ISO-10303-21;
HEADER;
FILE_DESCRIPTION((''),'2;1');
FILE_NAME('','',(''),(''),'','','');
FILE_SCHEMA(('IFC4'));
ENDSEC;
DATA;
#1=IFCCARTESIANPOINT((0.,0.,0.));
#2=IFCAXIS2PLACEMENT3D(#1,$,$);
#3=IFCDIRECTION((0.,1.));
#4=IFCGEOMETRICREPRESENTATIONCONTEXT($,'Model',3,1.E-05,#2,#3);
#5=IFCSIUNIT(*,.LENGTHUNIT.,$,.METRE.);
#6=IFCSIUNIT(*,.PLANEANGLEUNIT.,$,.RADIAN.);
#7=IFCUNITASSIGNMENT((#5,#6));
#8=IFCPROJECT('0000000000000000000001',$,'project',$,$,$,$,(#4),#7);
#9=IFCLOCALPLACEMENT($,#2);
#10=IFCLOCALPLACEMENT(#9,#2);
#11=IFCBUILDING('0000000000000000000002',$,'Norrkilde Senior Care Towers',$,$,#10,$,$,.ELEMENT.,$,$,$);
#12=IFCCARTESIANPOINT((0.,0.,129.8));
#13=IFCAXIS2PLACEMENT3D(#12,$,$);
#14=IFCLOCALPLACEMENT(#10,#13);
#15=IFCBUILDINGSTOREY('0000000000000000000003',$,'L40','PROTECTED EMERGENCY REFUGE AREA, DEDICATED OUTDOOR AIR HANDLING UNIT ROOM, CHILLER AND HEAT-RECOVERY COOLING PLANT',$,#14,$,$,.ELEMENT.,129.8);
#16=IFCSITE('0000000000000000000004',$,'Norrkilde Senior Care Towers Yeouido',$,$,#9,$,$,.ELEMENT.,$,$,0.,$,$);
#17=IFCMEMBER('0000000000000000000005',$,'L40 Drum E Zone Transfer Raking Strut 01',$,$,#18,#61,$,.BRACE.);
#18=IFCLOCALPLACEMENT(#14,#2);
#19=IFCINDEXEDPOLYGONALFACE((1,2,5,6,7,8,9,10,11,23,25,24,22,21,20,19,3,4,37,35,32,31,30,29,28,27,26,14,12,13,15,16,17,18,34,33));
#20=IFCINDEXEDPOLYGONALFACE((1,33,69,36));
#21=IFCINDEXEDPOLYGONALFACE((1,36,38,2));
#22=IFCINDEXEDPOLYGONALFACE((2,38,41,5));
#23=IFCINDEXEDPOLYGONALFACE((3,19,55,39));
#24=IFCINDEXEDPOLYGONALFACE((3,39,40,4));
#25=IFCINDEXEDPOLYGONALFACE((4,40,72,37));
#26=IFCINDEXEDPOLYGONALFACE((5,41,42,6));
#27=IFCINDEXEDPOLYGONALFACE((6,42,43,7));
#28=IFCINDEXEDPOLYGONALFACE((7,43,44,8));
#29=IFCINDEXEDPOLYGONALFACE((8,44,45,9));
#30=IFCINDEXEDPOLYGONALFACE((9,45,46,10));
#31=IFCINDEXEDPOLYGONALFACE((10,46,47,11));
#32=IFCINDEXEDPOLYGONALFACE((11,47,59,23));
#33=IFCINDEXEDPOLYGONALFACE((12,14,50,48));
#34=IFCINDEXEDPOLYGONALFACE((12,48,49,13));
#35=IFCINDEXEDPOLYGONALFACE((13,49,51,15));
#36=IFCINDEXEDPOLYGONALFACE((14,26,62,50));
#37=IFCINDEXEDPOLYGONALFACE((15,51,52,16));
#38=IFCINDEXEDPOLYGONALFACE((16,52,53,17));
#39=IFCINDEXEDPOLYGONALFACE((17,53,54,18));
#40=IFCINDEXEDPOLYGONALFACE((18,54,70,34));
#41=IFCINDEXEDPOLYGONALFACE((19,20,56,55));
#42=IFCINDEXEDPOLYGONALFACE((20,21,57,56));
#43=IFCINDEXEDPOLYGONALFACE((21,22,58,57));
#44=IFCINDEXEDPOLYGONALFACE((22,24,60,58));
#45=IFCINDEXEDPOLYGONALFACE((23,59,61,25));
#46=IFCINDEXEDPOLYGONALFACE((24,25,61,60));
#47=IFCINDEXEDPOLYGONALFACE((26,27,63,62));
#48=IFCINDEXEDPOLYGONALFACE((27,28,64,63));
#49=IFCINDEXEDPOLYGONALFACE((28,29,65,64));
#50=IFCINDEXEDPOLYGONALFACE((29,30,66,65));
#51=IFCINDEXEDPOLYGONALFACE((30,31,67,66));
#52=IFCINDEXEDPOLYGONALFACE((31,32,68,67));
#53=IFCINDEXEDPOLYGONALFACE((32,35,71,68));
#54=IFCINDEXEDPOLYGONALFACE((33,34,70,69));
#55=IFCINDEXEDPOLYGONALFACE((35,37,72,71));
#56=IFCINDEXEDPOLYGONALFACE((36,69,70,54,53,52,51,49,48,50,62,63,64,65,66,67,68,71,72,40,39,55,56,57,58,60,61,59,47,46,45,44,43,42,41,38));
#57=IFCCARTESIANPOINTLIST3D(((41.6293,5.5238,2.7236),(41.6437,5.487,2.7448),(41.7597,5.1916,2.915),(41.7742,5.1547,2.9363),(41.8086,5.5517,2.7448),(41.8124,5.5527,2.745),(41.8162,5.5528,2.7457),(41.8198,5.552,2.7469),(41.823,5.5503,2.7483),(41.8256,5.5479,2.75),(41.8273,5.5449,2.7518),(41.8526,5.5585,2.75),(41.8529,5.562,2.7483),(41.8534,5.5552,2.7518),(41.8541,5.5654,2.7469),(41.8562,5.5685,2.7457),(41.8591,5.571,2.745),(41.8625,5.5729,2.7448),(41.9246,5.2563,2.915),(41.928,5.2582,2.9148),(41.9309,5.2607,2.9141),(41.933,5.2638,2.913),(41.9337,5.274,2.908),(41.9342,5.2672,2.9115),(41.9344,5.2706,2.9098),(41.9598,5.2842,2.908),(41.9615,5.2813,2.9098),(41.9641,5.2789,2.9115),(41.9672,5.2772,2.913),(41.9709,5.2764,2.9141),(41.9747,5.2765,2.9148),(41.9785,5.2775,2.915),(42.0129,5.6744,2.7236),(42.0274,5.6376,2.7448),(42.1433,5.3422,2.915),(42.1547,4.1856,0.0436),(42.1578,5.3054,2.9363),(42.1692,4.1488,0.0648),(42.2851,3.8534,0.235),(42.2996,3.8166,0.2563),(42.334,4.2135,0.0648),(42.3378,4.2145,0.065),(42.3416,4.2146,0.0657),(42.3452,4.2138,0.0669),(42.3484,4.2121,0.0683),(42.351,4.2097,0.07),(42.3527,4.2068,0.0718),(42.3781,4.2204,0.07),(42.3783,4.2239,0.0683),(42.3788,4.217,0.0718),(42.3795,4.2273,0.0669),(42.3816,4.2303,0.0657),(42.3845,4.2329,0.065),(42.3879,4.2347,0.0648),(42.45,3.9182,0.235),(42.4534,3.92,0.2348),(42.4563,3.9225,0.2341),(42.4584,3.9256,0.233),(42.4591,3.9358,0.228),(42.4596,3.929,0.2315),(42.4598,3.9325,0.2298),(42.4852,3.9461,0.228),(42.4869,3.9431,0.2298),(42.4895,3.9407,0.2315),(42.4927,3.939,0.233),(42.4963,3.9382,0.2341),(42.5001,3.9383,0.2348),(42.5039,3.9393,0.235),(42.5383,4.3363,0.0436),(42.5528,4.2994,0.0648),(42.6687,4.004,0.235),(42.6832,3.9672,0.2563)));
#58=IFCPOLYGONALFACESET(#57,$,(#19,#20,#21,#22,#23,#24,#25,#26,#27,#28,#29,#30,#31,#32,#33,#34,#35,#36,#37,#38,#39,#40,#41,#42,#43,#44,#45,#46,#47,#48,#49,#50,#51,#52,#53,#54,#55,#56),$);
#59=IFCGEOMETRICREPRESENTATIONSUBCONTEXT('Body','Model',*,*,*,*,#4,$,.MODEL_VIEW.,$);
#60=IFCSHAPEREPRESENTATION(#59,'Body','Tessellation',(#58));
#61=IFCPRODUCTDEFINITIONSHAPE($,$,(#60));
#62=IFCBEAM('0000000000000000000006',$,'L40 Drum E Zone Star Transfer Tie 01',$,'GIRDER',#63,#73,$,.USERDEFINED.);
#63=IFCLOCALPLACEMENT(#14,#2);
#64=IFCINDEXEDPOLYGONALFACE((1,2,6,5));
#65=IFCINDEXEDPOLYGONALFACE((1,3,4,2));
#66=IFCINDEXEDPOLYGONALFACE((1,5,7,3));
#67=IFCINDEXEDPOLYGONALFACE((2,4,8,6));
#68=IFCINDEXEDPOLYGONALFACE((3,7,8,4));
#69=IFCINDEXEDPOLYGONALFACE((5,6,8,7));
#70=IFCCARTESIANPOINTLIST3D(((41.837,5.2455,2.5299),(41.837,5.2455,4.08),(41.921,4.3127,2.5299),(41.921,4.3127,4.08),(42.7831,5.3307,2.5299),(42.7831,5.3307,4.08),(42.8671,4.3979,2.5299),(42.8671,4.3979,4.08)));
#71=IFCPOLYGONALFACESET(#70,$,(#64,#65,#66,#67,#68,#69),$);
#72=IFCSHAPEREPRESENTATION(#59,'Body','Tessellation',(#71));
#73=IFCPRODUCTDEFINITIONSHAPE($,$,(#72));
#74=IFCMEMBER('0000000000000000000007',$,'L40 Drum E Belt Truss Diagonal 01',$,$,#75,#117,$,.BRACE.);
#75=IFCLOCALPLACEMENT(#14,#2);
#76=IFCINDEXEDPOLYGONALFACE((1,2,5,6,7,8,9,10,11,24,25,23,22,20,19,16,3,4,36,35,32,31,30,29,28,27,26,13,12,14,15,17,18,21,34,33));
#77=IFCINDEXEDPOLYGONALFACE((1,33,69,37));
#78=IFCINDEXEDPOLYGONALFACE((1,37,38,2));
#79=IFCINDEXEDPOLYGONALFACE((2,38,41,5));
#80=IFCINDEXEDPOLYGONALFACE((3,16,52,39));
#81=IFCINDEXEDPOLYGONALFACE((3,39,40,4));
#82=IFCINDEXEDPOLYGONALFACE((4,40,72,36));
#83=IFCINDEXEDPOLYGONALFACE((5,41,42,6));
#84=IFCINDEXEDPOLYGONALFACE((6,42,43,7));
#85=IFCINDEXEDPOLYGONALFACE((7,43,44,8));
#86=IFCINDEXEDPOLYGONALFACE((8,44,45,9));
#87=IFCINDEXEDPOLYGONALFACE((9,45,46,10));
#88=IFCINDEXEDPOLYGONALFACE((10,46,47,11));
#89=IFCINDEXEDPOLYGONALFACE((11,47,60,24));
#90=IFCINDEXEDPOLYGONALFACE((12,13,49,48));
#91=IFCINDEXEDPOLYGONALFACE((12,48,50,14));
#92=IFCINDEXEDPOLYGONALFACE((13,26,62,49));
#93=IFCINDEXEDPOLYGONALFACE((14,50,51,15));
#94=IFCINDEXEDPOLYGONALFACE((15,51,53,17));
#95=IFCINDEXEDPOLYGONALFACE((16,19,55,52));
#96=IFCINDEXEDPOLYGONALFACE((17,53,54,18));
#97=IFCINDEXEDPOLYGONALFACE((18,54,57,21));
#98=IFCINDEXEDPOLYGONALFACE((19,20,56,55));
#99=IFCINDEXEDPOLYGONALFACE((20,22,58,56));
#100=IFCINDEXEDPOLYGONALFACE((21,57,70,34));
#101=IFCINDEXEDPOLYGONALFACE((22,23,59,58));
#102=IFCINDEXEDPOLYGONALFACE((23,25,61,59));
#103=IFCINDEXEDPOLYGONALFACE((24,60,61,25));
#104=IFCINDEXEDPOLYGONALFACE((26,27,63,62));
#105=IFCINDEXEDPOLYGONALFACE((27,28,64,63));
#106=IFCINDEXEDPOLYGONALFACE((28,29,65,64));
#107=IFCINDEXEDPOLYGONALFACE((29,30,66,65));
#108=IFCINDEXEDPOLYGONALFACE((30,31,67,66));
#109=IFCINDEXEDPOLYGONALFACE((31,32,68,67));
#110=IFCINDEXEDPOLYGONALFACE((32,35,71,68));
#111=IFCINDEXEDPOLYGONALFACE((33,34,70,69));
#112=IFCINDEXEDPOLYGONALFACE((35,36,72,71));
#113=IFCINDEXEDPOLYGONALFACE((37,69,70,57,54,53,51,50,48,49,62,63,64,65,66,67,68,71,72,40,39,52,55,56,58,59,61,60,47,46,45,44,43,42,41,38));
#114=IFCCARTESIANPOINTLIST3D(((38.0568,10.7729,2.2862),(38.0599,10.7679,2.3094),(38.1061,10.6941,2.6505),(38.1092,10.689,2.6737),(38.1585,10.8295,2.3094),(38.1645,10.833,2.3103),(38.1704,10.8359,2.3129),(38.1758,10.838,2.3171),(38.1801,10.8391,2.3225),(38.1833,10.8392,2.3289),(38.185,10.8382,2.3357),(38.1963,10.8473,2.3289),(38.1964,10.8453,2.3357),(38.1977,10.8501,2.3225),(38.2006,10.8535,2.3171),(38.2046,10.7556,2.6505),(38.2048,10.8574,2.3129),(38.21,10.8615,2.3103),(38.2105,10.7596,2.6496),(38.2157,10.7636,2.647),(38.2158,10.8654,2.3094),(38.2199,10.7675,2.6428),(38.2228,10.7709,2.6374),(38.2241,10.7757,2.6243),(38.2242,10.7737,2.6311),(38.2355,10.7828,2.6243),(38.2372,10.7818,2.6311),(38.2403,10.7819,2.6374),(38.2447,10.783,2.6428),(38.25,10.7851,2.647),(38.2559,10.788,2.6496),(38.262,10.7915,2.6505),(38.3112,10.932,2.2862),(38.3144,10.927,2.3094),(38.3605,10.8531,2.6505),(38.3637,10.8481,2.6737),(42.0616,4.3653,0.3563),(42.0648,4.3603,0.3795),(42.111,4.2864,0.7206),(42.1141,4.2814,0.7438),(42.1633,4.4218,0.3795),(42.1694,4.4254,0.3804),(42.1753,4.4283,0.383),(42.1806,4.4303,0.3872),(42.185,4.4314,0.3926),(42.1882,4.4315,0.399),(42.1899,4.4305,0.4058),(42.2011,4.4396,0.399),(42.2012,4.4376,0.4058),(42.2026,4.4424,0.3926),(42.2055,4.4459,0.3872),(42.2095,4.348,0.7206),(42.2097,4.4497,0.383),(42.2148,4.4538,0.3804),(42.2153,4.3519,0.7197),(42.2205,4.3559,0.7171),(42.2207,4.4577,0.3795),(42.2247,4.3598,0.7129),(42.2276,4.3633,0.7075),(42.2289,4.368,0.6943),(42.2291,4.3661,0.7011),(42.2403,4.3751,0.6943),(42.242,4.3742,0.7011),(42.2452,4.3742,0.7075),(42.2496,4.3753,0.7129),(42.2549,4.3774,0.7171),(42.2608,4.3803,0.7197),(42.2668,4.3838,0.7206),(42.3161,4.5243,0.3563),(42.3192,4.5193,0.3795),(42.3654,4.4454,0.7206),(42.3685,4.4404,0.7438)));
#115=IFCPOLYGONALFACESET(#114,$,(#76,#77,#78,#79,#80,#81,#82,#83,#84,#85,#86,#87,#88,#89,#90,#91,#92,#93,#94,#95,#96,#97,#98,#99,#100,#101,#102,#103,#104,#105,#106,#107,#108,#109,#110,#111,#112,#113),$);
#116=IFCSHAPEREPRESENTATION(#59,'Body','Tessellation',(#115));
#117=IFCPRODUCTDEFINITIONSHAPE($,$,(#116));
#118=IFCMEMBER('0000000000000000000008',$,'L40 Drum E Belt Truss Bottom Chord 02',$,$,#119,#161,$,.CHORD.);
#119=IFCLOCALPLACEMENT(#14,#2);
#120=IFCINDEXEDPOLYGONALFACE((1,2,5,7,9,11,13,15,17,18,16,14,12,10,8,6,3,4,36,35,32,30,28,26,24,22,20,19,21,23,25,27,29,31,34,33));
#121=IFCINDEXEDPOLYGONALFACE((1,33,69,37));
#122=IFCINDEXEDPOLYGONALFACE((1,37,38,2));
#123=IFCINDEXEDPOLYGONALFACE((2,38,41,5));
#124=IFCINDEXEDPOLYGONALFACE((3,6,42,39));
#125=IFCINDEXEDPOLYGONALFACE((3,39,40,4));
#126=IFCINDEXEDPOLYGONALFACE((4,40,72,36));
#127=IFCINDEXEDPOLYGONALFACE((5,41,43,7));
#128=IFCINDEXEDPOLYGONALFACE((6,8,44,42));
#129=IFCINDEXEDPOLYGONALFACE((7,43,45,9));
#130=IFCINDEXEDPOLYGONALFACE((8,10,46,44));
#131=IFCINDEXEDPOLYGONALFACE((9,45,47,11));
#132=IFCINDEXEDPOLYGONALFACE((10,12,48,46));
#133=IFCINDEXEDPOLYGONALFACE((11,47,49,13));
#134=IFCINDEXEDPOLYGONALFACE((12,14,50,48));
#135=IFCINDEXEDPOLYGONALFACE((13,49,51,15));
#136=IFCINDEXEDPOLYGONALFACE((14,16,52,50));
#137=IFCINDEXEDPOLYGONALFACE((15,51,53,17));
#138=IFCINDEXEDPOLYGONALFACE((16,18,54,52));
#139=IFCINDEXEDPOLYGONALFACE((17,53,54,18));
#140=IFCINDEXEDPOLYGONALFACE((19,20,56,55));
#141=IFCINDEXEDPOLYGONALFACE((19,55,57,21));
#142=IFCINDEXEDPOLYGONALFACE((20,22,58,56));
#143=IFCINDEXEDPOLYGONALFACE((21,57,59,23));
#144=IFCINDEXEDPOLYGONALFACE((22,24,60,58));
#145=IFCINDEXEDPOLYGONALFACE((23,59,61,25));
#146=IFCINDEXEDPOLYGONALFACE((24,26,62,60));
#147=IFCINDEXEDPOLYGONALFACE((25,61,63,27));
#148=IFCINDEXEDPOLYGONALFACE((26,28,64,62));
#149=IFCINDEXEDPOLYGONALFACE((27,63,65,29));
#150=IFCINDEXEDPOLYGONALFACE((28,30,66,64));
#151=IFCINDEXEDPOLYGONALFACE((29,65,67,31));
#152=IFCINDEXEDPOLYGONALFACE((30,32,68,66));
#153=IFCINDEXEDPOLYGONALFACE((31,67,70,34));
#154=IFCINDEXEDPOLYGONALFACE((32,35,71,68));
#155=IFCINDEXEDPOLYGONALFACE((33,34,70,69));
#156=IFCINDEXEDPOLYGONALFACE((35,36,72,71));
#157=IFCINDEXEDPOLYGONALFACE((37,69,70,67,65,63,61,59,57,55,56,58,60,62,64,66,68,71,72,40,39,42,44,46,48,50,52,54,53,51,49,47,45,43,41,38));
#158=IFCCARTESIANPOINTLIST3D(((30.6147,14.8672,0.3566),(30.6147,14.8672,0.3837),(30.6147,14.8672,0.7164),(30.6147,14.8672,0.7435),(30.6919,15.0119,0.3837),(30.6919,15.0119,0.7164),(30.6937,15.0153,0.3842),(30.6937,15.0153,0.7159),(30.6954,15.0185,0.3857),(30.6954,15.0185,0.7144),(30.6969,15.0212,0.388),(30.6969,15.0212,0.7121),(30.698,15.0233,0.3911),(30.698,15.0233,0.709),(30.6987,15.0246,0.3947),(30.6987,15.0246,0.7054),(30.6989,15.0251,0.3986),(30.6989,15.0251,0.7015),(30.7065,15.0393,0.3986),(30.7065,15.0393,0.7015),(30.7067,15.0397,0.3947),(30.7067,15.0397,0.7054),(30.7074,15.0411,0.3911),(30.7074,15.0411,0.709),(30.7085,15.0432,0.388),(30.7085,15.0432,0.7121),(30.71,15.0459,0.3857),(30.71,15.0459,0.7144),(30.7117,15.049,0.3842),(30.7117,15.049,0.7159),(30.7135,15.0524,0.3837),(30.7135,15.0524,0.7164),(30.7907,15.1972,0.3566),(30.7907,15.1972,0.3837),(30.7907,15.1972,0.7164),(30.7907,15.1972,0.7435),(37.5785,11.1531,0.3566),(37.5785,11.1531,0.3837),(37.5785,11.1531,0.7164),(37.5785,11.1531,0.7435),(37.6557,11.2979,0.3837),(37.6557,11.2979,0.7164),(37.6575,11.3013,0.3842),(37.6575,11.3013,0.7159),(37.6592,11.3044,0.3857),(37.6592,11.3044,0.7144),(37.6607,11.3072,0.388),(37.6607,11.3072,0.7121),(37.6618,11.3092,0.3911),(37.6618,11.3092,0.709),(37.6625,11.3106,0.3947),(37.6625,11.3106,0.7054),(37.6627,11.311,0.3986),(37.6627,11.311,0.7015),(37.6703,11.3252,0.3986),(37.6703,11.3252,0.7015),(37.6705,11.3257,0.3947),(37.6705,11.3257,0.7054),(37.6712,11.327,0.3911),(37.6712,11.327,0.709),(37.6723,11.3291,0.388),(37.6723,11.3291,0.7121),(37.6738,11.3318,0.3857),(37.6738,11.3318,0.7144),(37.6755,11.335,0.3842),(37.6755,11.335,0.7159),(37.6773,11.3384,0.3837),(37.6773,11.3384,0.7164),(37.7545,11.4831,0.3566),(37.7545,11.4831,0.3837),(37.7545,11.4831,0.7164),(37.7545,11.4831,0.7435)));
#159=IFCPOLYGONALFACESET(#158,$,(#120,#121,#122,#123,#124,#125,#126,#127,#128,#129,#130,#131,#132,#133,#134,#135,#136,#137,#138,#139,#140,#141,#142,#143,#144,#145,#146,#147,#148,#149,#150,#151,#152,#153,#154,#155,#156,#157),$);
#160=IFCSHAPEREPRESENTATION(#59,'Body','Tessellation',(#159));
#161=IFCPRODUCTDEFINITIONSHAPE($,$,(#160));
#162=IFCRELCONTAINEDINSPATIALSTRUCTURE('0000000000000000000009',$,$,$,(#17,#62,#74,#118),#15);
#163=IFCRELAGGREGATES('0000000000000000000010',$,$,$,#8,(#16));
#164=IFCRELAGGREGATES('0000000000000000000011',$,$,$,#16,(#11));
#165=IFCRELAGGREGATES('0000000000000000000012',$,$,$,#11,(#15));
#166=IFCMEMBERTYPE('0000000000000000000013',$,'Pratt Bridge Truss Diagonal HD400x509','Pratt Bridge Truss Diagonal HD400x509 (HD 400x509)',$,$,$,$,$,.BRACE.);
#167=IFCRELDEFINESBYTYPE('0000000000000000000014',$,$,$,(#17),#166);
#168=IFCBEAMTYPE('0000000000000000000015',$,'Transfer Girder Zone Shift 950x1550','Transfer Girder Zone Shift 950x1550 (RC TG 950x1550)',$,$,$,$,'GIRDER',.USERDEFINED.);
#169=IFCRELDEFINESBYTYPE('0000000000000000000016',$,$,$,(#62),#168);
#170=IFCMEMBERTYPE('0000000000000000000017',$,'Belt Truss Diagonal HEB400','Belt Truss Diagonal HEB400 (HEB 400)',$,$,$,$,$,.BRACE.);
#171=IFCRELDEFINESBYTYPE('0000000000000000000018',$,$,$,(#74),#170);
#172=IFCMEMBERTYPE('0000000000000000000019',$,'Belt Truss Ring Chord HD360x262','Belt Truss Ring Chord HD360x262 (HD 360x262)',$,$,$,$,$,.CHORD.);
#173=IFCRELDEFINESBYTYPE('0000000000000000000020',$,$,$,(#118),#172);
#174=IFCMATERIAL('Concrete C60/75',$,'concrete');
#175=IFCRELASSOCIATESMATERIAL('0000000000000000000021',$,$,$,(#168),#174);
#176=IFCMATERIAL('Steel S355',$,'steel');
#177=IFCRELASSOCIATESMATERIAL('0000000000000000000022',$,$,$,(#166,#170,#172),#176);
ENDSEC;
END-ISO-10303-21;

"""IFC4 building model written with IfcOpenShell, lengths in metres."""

from ifc_helpers import new_model, si_unit, direction, frame, origin, origin_2d, place, context, subcontext, project, spatial, rectangle, i_section, extrude, source, transform, mapped, material, material_profile, profile_set, type_object, element, save


model = new_model("IFC4")

# Units and contexts
model_context = context("Model", 3, precision=1e-05, world=origin(), true_north=direction((0.0, 1.0)))
body_context = subcontext(model_context, "Body", "Model", "MODEL_VIEW")
ifc_project = project(units=[si_unit("LENGTHUNIT", "METRE"), si_unit("PLANEANGLEUNIT", "RADIAN")], contexts=[model_context])

# Site, building, storey
site_placement = place(None, origin())
site = spatial("IfcSite", under=ifc_project, at=site_placement, Name="Norrkilde Senior Care Towers Yeouido", CompositionType="ELEMENT", RefElevation=0.0)
building_placement = place(site_placement, origin())
building = spatial("IfcBuilding", under=site, at=building_placement, Name="Norrkilde Senior Care Towers", CompositionType="ELEMENT")
storey_placement = place(building_placement, frame((0.0, 0.0, 129.8)))
storey = spatial("IfcBuildingStorey", under=building, at=storey_placement, Name="L40", Description="PROTECTED EMERGENCY REFUGE AREA, DEDICATED OUTDOOR AIR HANDLING UNIT ROOM, CHILLER AND HEAT-RECOVERY COOLING PLANT", CompositionType="ELEMENT", Elevation=129.8)

# Shared definitions
ifc_material_1 = material(Name="Concrete C60/75", Category="concrete")

# Shared definitions
ifc_material_profile_1 = material_profile(ifc_material_1, rectangle(XDim=0.95, YDim=1.55, at=origin_2d()), Name="RC TG 950x1550")
ifc_profile_set_1 = profile_set([ifc_material_profile_1], Name="Concrete C60/75")
beam_type = type_object("IfcBeamType", Name="Transfer Girder Zone Shift 950x1550", Description="Transfer Girder Zone Shift 950x1550 (RC TG 950x1550)", ElementType="GIRDER", PredefinedType="USERDEFINED", material=ifc_profile_set_1)

# Member
ifc_material_2 = material(Name="Steel S355", Category="steel")
ifc_material_profile_2 = material_profile(ifc_material_2, i_section(OverallWidth=0.4121, OverallDepth=0.45, WebThickness=0.0281, FlangeThickness=0.0449, FilletRadius=0.0149, at=origin_2d()), Name="HD 400x509")
ifc_profile_set_2 = profile_set([ifc_material_profile_2], Name="Steel S355")
member_type_1 = type_object("IfcMemberType", Name="Pratt Bridge Truss Diagonal HD400x509", Description="Pratt Bridge Truss Diagonal HD400x509 (HD 400x509)", PredefinedType="BRACE", material=ifc_profile_set_2)
shared_shape_1 = source(origin(), body_context, "Body", "SweptSolid", [
    extrude(i_section(OverallWidth=0.4121, OverallDepth=0.45, WebThickness=0.0281, FlangeThickness=0.0449, FilletRadius=0.0149, at=origin_2d()), origin(), (0.0, 0.0, 1.0), 3.0413),
])
member_1_placement = place(storey_placement, frame((42.4189, 4.0764, 0.1499), z_axis=(-0.17276, 0.440008, 0.881219), x_axis=(-0.930824, -0.365468, 0.0)))
element("IfcMember", 1, at=member_1_placement, inside=storey, type_object=member_type_1, Name="L40 Drum E Zone Transfer Raking Strut 01", PredefinedType="BRACE", context=body_context, shape_type="MappedRepresentation", body=[
    mapped(shared_shape_1, transform((0.0, 0.0, 0.0), x_axis=(1.0, 0.0, 0.0), y_axis=(0.0, 1.0, 0.0), z_axis=(0.0, 0.0, 1.0), scale=1.0)),
])

# Beam
shared_shape_2 = source(origin(), body_context, "Body", "SweptSolid", [
    extrude(rectangle(XDim=0.95, YDim=1.55, at=origin_2d()), origin(), (0.0, 0.0, 1.0), 0.9365),
])
beam_1_placement = place(storey_placement, frame((42.3101, 5.2881, 3.3049), z_axis=(0.089666, -0.995972, 0.0), x_axis=(0.995972, 0.089666, 0.0)))
element("IfcBeam", 2, at=beam_1_placement, inside=storey, type_object=beam_type, Name="L40 Drum E Zone Star Transfer Tie 01", ObjectType="GIRDER", PredefinedType="USERDEFINED", context=body_context, shape_type="MappedRepresentation", body=[
    mapped(shared_shape_2, transform((0.0, 0.0, 0.0), x_axis=(1.0, 0.0, 0.0), y_axis=(0.0, 1.0, 0.0), z_axis=(0.0, 0.0, 1.0), scale=1.0)),
])

# Members
ifc_material_profile_3 = material_profile(ifc_material_2, i_section(OverallWidth=0.3, OverallDepth=0.3999, WebThickness=0.0134, FlangeThickness=0.0239, FilletRadius=0.0271, at=origin_2d()), Name="HEB 400")
ifc_profile_set_3 = profile_set([ifc_material_profile_3], Name="Steel S355")
member_type_2 = type_object("IfcMemberType", Name="Belt Truss Diagonal HEB400", Description="Belt Truss Diagonal HEB400 (HEB 400)", PredefinedType="BRACE", material=ifc_profile_set_3)
shared_shape_3 = source(origin(), body_context, "Body", "SweptSolid", [
    extrude(i_section(OverallWidth=0.3, OverallDepth=0.3999, WebThickness=0.0134, FlangeThickness=0.0239, FilletRadius=0.0271, at=origin_2d()), origin(), (0.0, 0.0, 1.0), 7.7988),
])
member_2_placement = place(storey_placement, frame((42.2151, 4.4028, 0.55), z_axis=(-0.51352, 0.82162, 0.247463), x_axis=(-0.847995, -0.530005, 0.0)))
element("IfcMember", 3, at=member_2_placement, inside=storey, type_object=member_type_2, Name="L40 Drum E Belt Truss Diagonal 01", PredefinedType="BRACE", context=body_context, shape_type="MappedRepresentation", body=[
    mapped(shared_shape_3, transform((0.0, 0.0, 0.0), x_axis=(1.0, 0.0, 0.0), y_axis=(0.0, 1.0, 0.0), z_axis=(0.0, 0.0, 1.0), scale=1.0)),
])
ifc_material_profile_4 = material_profile(ifc_material_2, i_section(OverallWidth=0.374, OverallDepth=0.387, WebThickness=0.0161, FlangeThickness=0.0271, FilletRadius=0.0149, at=origin_2d()), Name="HD 360x262")
ifc_profile_set_4 = profile_set([ifc_material_profile_4], Name="Steel S355")
member_type_3 = type_object("IfcMemberType", Name="Belt Truss Ring Chord HD360x262", Description="Belt Truss Ring Chord HD360x262 (HD 360x262)", PredefinedType="CHORD", material=ifc_profile_set_4)
shared_shape_4 = source(origin(), body_context, "Body", "SweptSolid", [
    extrude(i_section(OverallWidth=0.374, OverallDepth=0.387, WebThickness=0.0161, FlangeThickness=0.0271, FilletRadius=0.0149, at=origin_2d()), origin(), (0.0, 0.0, 1.0), 7.8923),
])
member_3_placement = place(storey_placement, frame((37.6665, 11.3181, 0.55), z_axis=(-0.88235, 0.470593, 0.0), x_axis=(-0.470593, -0.88235, 0.0)))
element("IfcMember", 4, at=member_3_placement, inside=storey, type_object=member_type_3, Name="L40 Drum E Belt Truss Bottom Chord 02", PredefinedType="CHORD", context=body_context, shape_type="MappedRepresentation", body=[
    mapped(shared_shape_4, transform((0.0, 0.0, 0.0), x_axis=(1.0, 0.0, 0.0), y_axis=(0.0, 1.0, 0.0), z_axis=(0.0, 0.0, 1.0), scale=1.0)),
])

save(model, "model.ifc")
